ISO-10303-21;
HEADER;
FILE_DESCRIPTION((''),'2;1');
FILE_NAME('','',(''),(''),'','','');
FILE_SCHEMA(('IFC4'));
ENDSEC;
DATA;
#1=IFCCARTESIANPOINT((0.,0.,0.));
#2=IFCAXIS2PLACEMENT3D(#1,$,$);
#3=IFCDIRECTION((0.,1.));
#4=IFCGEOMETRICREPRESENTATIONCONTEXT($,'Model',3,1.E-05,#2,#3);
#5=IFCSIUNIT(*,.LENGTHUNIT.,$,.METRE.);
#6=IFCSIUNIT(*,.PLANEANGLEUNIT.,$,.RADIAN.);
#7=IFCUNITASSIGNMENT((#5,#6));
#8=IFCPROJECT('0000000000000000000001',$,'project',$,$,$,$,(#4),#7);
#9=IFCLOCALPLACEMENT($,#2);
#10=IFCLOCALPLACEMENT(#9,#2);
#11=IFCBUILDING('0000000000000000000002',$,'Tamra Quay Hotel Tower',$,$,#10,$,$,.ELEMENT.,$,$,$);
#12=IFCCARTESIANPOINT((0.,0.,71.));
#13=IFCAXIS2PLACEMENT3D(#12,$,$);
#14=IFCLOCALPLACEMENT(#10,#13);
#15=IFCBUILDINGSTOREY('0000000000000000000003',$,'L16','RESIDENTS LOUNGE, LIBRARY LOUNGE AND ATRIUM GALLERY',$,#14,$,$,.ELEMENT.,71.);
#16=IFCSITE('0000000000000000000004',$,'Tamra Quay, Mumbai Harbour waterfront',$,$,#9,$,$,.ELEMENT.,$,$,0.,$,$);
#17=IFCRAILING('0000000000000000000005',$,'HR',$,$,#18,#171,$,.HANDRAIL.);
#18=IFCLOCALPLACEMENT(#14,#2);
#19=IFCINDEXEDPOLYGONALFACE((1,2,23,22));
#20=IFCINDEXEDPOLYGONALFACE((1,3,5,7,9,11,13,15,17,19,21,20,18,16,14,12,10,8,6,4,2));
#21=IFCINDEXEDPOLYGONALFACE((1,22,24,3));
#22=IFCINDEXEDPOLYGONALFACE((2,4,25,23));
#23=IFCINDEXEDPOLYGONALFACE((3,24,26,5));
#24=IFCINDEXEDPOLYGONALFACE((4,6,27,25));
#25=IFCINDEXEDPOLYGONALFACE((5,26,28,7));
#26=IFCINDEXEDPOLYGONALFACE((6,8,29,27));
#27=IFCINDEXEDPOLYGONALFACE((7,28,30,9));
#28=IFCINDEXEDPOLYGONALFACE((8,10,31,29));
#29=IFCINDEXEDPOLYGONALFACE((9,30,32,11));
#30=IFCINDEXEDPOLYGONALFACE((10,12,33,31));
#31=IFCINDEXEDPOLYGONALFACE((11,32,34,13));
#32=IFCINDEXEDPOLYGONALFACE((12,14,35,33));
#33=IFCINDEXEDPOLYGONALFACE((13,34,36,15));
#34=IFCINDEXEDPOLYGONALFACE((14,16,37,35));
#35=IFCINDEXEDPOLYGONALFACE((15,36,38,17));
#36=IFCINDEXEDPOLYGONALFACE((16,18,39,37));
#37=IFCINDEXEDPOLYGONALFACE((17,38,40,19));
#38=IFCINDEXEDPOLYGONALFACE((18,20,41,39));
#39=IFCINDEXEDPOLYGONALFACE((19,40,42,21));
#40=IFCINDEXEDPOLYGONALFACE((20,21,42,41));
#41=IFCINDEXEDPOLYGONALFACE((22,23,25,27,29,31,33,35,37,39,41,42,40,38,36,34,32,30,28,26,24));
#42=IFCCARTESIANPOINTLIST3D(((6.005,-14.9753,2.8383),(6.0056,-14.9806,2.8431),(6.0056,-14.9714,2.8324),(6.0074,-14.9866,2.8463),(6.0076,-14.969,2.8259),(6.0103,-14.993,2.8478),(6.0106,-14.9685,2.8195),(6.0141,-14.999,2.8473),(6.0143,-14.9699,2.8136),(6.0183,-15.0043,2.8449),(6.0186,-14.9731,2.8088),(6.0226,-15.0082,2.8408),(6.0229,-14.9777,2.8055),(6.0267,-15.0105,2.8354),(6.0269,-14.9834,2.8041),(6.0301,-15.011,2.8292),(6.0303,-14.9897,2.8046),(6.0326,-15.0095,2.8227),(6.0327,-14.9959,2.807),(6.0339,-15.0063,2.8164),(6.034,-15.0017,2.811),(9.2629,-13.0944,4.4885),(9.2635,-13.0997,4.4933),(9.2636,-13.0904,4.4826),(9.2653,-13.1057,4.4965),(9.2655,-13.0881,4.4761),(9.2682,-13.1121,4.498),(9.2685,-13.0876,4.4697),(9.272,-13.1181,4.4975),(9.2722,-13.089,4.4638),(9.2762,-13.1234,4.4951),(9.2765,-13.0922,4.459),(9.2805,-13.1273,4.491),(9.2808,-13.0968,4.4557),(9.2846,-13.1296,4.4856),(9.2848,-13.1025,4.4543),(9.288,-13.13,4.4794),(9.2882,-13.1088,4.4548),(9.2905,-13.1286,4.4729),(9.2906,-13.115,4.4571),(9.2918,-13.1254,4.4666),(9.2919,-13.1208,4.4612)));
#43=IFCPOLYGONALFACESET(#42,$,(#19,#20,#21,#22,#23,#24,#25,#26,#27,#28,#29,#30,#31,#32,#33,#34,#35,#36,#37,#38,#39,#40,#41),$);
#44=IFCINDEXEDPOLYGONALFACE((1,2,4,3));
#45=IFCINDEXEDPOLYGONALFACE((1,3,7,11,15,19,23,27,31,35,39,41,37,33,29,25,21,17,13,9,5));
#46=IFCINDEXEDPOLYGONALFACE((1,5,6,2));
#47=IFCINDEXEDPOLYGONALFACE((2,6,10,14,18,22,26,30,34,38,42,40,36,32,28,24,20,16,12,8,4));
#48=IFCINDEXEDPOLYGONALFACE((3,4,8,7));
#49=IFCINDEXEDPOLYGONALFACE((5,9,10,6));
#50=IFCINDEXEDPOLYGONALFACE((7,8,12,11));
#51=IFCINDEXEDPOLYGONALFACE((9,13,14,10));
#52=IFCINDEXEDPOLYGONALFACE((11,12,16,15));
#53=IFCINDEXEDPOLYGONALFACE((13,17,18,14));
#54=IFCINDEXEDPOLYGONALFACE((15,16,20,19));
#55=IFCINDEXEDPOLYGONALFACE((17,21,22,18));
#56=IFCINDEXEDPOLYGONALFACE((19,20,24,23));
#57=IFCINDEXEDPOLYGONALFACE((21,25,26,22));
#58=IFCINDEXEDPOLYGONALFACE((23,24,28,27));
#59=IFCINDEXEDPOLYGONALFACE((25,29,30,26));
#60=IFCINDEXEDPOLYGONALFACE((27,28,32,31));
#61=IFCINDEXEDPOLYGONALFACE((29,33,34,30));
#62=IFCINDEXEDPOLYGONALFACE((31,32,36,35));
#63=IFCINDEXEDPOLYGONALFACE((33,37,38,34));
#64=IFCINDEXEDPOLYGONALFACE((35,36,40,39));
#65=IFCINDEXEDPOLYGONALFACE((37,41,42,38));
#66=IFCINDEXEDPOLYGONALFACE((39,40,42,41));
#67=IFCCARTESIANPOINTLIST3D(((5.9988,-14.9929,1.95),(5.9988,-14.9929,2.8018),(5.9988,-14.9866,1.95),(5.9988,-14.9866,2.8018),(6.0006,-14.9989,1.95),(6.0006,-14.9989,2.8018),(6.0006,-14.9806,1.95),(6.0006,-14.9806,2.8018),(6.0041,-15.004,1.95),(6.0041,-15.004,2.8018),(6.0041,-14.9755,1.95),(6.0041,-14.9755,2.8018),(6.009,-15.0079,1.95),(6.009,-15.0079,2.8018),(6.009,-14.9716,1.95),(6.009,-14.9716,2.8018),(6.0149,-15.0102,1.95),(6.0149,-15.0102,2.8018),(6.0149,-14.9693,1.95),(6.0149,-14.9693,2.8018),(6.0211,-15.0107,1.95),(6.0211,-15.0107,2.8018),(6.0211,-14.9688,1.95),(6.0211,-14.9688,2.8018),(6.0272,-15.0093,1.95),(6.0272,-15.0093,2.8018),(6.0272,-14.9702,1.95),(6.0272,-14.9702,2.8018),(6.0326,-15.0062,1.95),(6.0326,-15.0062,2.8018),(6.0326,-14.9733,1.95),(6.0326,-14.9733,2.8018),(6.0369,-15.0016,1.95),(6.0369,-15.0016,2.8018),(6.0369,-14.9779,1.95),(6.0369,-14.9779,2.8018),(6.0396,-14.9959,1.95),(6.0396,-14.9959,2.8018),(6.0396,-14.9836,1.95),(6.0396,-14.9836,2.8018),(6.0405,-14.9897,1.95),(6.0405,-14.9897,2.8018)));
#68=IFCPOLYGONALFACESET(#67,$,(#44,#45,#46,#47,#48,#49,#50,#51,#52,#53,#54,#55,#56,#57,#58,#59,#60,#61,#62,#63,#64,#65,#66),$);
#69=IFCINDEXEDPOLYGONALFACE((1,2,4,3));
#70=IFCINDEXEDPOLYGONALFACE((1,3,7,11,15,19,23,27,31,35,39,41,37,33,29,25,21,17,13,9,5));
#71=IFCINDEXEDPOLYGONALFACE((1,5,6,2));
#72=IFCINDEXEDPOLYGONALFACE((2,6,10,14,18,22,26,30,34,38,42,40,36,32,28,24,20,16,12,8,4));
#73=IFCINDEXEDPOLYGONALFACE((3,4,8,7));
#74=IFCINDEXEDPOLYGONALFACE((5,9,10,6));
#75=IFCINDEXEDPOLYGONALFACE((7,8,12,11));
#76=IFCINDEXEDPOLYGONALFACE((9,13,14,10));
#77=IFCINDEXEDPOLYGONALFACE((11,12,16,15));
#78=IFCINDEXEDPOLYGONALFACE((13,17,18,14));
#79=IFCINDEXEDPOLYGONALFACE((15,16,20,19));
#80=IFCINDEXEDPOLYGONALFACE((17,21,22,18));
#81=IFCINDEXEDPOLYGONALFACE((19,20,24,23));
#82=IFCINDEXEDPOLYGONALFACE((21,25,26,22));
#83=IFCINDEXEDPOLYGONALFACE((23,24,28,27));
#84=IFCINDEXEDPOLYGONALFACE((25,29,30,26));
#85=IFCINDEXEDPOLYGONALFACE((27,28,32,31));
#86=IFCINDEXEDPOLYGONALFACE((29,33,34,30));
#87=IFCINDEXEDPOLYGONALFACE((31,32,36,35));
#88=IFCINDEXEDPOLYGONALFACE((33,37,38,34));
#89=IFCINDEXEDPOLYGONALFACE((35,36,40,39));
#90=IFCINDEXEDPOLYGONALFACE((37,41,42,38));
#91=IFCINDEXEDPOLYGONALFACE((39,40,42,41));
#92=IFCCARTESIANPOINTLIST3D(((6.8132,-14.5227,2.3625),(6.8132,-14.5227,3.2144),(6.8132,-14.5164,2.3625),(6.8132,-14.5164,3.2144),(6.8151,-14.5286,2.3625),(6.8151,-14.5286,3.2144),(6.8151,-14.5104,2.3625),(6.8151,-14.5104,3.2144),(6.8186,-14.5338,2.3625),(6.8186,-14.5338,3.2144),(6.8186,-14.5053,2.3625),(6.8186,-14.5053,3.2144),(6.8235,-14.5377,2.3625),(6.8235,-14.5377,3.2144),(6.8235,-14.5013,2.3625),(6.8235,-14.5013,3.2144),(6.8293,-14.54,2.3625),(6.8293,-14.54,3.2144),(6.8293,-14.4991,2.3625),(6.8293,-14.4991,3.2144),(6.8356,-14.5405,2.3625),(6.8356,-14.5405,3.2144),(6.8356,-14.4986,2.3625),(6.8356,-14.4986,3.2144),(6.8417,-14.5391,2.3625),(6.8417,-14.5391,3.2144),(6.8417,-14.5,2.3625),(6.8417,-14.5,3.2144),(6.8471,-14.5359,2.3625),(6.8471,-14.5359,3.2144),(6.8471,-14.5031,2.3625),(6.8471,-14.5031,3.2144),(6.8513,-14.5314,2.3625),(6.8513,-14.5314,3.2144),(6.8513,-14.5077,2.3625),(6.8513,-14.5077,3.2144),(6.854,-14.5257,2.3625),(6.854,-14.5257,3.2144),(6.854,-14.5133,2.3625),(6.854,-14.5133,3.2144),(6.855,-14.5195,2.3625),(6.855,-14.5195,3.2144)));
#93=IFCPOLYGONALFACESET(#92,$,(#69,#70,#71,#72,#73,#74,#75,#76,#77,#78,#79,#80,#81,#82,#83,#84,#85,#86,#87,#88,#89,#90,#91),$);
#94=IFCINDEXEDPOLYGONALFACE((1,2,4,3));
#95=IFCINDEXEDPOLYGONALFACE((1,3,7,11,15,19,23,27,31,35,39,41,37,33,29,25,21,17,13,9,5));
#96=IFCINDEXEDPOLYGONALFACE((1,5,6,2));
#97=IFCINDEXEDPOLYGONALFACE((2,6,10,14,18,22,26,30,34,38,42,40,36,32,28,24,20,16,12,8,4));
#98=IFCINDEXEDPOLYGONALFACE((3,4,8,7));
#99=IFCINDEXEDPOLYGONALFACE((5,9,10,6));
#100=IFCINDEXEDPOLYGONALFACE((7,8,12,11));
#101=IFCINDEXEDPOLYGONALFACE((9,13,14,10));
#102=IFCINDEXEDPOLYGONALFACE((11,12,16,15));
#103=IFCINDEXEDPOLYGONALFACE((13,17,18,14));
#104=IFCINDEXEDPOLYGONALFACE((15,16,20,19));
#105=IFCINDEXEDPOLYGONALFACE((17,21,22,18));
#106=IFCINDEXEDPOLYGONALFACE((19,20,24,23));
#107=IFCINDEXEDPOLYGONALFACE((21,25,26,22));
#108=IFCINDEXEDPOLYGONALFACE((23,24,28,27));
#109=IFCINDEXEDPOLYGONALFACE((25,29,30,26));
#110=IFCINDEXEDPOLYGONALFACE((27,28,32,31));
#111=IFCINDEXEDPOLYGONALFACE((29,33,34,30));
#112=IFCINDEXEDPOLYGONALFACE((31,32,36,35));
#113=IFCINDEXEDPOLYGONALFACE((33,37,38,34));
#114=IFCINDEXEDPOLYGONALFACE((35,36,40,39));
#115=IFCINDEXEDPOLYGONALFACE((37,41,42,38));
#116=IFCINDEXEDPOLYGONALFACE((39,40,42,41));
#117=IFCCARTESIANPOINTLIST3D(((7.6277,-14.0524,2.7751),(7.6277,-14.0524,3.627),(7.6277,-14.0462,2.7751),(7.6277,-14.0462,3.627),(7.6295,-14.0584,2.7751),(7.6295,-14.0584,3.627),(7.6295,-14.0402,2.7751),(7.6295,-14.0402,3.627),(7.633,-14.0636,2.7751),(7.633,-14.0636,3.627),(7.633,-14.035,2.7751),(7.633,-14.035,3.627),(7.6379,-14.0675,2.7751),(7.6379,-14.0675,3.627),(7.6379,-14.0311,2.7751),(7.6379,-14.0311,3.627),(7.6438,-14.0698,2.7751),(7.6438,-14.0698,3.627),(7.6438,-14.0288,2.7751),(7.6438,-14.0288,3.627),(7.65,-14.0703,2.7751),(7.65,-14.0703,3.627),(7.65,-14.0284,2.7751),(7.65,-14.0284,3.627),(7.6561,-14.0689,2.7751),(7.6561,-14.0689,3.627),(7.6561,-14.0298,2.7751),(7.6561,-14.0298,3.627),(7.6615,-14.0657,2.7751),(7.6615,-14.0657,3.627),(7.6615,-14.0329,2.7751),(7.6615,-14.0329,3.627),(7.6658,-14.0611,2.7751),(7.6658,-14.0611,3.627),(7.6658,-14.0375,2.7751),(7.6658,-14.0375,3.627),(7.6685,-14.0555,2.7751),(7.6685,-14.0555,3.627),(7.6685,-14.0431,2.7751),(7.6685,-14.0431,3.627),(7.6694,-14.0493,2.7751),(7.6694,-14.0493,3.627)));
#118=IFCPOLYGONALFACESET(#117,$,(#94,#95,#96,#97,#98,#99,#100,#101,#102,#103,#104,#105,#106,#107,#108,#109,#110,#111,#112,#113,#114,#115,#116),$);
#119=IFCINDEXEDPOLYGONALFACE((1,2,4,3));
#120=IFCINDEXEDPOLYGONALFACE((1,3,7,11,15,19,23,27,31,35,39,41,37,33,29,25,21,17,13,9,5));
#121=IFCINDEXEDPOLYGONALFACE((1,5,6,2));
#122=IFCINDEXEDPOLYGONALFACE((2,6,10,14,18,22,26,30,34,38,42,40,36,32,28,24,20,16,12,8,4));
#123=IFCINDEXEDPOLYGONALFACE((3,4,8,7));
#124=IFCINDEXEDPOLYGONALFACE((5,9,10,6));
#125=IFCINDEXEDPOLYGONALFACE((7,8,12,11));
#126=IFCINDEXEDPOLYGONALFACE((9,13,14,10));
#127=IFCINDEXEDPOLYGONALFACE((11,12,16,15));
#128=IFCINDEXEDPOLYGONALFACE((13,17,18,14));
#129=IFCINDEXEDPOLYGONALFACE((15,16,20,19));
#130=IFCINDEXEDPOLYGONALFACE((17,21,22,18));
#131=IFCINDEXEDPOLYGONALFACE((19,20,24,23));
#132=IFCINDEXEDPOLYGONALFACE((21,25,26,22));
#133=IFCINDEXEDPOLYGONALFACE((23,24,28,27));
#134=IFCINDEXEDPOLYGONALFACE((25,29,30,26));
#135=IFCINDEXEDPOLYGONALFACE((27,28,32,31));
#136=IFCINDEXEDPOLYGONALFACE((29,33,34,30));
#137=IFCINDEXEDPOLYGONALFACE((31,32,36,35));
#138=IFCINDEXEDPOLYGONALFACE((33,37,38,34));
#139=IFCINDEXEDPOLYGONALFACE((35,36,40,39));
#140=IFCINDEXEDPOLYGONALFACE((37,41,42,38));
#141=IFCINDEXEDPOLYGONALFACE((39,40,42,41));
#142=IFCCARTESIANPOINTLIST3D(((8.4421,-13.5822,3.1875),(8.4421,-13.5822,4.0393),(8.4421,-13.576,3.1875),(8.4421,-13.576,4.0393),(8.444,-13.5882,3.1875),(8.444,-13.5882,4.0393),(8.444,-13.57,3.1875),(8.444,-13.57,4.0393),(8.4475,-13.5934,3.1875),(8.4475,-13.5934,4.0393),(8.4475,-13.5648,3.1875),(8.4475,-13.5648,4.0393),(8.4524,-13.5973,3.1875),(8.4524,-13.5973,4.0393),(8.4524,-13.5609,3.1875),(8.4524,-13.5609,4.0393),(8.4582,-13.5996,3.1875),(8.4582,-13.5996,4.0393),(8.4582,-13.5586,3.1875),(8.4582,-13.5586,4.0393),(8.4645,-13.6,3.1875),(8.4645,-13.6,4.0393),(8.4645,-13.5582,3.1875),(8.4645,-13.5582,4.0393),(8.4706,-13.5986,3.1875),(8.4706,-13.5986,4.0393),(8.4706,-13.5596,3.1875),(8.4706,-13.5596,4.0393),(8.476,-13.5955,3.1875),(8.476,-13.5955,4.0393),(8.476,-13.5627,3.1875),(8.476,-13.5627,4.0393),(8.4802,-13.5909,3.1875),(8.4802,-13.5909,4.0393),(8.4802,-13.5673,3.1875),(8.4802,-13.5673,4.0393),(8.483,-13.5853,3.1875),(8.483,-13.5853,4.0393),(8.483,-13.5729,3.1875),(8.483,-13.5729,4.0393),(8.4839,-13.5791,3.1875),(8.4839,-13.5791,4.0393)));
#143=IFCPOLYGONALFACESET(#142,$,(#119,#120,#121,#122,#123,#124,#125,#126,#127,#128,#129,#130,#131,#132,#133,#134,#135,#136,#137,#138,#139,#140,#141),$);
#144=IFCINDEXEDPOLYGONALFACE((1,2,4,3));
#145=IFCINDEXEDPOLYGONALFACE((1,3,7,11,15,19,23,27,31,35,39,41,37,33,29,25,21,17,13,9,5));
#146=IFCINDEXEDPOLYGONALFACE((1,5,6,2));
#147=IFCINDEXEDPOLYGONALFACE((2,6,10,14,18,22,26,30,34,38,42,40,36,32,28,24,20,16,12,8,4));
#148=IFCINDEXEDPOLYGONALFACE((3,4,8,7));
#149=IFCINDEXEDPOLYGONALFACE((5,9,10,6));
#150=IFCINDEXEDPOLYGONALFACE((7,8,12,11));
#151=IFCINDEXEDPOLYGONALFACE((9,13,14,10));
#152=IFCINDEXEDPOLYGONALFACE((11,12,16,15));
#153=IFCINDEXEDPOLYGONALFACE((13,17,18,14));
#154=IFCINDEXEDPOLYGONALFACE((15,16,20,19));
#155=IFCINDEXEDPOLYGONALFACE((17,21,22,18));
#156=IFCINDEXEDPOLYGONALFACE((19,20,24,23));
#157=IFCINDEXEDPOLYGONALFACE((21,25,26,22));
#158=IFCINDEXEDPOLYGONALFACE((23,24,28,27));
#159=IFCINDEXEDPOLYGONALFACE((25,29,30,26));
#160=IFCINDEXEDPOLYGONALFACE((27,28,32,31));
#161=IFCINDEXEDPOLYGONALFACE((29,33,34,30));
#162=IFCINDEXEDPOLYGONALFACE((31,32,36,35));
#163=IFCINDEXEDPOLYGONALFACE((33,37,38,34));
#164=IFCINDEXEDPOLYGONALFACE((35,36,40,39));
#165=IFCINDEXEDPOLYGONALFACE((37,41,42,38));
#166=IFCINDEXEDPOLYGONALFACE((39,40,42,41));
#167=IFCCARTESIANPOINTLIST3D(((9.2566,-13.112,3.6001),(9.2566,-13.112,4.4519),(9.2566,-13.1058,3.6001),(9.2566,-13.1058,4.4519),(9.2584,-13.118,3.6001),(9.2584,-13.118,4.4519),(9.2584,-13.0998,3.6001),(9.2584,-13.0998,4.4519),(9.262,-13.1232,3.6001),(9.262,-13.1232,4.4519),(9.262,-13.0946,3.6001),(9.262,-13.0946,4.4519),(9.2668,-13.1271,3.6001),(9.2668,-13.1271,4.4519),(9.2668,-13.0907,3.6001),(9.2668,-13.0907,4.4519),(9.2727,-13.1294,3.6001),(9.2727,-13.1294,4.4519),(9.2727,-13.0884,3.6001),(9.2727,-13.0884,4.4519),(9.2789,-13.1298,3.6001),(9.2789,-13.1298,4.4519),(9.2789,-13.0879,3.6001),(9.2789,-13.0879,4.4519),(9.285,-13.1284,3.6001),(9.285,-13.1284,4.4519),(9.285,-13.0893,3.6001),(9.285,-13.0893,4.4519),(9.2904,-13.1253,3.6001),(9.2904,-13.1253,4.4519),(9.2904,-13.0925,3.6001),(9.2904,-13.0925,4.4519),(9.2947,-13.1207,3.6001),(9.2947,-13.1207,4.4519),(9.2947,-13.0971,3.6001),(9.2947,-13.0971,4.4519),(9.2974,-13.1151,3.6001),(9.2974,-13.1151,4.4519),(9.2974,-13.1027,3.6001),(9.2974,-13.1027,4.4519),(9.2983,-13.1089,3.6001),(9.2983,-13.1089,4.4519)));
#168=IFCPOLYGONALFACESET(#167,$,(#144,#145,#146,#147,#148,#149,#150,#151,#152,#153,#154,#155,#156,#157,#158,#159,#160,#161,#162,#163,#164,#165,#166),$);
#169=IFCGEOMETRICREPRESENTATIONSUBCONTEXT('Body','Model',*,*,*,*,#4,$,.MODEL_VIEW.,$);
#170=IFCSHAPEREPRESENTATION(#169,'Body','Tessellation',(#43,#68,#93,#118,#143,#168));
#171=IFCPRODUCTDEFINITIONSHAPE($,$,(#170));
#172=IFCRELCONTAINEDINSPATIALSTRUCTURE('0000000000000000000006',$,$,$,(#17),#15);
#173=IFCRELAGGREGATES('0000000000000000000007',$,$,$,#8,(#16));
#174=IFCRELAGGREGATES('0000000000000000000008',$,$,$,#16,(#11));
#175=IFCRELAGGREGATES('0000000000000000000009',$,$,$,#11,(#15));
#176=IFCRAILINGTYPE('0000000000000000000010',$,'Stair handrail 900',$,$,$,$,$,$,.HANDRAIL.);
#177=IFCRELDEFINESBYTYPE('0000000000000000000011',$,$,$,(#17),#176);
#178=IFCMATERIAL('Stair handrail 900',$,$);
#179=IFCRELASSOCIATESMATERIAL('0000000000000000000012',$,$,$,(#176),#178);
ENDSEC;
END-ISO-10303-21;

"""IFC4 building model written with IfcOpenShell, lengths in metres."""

from ifc_helpers import new_model, si_unit, direction, frame, origin, origin_2d, place, context, subcontext, project, spatial, circle, extrude, material, type_object, element, save


model = new_model("IFC4")

# Units and contexts
model_context = context("Model", 3, precision=1e-05, world=origin(), true_north=direction((0.0, 1.0)))
body_context = subcontext(model_context, "Body", "Model", "MODEL_VIEW")
ifc_project = project(units=[si_unit("LENGTHUNIT", "METRE"), si_unit("PLANEANGLEUNIT", "RADIAN")], contexts=[model_context])

# Site, building, storey
site_placement = place(None, origin())
site = spatial("IfcSite", under=ifc_project, at=site_placement, Name="Tamra Quay, Mumbai Harbour waterfront", CompositionType="ELEMENT", RefElevation=0.0)
building_placement = place(site_placement, origin())
building = spatial("IfcBuilding", under=site, at=building_placement, Name="Tamra Quay Hotel Tower", CompositionType="ELEMENT")
storey_placement = place(building_placement, frame((0.0, 0.0, 71.0)))
storey = spatial("IfcBuildingStorey", under=building, at=storey_placement, Name="L16", Description="RESIDENTS LOUNGE, LIBRARY LOUNGE AND ATRIUM GALLERY", CompositionType="ELEMENT", Elevation=71.0)

# Railing
ifc_material_1 = material(Name="Stair handrail 900")
railing_type_1 = type_object("IfcRailingType", Name="Stair handrail 900", PredefinedType="HANDRAIL", material=ifc_material_1)
railing_1_placement = place(storey_placement, frame((6.0195, -14.9897, 1.95)))
element("IfcRailing", 1, at=railing_1_placement, inside=storey, type_object=railing_type_1, Name="HR", PredefinedType="HANDRAIL", context=body_context, shape_type="SweptSolid", body=[
    extrude(circle(Radius=0.0239, at=origin_2d()), frame((0.0, 0.0, 0.876), z_axis=(0.793081, 0.457876, 0.401711), x_axis=(-0.499992, 0.86603, 0.0)), (0.0, 0.0, 1.0), 4.1079),
    extrude(circle(Radius=0.021, at=origin_2d()), origin(), (0.0, 0.0, 1.0), 0.8518),
    extrude(circle(Radius=0.021, at=origin_2d()), frame((0.8145, 0.4702, 0.4126)), (0.0, 0.0, 1.0), 0.8518),
    extrude(circle(Radius=0.021, at=origin_2d()), frame((1.6289, 0.9404, 0.8252)), (0.0, 0.0, 1.0), 0.8518),
    extrude(circle(Radius=0.021, at=origin_2d()), frame((2.4434, 1.4106, 1.2375)), (0.0, 0.0, 1.0), 0.8518),
    extrude(circle(Radius=0.021, at=origin_2d()), frame((3.2578, 1.8809, 1.6501)), (0.0, 0.0, 1.0), 0.8518),
])

save(model, "model.ifc")
